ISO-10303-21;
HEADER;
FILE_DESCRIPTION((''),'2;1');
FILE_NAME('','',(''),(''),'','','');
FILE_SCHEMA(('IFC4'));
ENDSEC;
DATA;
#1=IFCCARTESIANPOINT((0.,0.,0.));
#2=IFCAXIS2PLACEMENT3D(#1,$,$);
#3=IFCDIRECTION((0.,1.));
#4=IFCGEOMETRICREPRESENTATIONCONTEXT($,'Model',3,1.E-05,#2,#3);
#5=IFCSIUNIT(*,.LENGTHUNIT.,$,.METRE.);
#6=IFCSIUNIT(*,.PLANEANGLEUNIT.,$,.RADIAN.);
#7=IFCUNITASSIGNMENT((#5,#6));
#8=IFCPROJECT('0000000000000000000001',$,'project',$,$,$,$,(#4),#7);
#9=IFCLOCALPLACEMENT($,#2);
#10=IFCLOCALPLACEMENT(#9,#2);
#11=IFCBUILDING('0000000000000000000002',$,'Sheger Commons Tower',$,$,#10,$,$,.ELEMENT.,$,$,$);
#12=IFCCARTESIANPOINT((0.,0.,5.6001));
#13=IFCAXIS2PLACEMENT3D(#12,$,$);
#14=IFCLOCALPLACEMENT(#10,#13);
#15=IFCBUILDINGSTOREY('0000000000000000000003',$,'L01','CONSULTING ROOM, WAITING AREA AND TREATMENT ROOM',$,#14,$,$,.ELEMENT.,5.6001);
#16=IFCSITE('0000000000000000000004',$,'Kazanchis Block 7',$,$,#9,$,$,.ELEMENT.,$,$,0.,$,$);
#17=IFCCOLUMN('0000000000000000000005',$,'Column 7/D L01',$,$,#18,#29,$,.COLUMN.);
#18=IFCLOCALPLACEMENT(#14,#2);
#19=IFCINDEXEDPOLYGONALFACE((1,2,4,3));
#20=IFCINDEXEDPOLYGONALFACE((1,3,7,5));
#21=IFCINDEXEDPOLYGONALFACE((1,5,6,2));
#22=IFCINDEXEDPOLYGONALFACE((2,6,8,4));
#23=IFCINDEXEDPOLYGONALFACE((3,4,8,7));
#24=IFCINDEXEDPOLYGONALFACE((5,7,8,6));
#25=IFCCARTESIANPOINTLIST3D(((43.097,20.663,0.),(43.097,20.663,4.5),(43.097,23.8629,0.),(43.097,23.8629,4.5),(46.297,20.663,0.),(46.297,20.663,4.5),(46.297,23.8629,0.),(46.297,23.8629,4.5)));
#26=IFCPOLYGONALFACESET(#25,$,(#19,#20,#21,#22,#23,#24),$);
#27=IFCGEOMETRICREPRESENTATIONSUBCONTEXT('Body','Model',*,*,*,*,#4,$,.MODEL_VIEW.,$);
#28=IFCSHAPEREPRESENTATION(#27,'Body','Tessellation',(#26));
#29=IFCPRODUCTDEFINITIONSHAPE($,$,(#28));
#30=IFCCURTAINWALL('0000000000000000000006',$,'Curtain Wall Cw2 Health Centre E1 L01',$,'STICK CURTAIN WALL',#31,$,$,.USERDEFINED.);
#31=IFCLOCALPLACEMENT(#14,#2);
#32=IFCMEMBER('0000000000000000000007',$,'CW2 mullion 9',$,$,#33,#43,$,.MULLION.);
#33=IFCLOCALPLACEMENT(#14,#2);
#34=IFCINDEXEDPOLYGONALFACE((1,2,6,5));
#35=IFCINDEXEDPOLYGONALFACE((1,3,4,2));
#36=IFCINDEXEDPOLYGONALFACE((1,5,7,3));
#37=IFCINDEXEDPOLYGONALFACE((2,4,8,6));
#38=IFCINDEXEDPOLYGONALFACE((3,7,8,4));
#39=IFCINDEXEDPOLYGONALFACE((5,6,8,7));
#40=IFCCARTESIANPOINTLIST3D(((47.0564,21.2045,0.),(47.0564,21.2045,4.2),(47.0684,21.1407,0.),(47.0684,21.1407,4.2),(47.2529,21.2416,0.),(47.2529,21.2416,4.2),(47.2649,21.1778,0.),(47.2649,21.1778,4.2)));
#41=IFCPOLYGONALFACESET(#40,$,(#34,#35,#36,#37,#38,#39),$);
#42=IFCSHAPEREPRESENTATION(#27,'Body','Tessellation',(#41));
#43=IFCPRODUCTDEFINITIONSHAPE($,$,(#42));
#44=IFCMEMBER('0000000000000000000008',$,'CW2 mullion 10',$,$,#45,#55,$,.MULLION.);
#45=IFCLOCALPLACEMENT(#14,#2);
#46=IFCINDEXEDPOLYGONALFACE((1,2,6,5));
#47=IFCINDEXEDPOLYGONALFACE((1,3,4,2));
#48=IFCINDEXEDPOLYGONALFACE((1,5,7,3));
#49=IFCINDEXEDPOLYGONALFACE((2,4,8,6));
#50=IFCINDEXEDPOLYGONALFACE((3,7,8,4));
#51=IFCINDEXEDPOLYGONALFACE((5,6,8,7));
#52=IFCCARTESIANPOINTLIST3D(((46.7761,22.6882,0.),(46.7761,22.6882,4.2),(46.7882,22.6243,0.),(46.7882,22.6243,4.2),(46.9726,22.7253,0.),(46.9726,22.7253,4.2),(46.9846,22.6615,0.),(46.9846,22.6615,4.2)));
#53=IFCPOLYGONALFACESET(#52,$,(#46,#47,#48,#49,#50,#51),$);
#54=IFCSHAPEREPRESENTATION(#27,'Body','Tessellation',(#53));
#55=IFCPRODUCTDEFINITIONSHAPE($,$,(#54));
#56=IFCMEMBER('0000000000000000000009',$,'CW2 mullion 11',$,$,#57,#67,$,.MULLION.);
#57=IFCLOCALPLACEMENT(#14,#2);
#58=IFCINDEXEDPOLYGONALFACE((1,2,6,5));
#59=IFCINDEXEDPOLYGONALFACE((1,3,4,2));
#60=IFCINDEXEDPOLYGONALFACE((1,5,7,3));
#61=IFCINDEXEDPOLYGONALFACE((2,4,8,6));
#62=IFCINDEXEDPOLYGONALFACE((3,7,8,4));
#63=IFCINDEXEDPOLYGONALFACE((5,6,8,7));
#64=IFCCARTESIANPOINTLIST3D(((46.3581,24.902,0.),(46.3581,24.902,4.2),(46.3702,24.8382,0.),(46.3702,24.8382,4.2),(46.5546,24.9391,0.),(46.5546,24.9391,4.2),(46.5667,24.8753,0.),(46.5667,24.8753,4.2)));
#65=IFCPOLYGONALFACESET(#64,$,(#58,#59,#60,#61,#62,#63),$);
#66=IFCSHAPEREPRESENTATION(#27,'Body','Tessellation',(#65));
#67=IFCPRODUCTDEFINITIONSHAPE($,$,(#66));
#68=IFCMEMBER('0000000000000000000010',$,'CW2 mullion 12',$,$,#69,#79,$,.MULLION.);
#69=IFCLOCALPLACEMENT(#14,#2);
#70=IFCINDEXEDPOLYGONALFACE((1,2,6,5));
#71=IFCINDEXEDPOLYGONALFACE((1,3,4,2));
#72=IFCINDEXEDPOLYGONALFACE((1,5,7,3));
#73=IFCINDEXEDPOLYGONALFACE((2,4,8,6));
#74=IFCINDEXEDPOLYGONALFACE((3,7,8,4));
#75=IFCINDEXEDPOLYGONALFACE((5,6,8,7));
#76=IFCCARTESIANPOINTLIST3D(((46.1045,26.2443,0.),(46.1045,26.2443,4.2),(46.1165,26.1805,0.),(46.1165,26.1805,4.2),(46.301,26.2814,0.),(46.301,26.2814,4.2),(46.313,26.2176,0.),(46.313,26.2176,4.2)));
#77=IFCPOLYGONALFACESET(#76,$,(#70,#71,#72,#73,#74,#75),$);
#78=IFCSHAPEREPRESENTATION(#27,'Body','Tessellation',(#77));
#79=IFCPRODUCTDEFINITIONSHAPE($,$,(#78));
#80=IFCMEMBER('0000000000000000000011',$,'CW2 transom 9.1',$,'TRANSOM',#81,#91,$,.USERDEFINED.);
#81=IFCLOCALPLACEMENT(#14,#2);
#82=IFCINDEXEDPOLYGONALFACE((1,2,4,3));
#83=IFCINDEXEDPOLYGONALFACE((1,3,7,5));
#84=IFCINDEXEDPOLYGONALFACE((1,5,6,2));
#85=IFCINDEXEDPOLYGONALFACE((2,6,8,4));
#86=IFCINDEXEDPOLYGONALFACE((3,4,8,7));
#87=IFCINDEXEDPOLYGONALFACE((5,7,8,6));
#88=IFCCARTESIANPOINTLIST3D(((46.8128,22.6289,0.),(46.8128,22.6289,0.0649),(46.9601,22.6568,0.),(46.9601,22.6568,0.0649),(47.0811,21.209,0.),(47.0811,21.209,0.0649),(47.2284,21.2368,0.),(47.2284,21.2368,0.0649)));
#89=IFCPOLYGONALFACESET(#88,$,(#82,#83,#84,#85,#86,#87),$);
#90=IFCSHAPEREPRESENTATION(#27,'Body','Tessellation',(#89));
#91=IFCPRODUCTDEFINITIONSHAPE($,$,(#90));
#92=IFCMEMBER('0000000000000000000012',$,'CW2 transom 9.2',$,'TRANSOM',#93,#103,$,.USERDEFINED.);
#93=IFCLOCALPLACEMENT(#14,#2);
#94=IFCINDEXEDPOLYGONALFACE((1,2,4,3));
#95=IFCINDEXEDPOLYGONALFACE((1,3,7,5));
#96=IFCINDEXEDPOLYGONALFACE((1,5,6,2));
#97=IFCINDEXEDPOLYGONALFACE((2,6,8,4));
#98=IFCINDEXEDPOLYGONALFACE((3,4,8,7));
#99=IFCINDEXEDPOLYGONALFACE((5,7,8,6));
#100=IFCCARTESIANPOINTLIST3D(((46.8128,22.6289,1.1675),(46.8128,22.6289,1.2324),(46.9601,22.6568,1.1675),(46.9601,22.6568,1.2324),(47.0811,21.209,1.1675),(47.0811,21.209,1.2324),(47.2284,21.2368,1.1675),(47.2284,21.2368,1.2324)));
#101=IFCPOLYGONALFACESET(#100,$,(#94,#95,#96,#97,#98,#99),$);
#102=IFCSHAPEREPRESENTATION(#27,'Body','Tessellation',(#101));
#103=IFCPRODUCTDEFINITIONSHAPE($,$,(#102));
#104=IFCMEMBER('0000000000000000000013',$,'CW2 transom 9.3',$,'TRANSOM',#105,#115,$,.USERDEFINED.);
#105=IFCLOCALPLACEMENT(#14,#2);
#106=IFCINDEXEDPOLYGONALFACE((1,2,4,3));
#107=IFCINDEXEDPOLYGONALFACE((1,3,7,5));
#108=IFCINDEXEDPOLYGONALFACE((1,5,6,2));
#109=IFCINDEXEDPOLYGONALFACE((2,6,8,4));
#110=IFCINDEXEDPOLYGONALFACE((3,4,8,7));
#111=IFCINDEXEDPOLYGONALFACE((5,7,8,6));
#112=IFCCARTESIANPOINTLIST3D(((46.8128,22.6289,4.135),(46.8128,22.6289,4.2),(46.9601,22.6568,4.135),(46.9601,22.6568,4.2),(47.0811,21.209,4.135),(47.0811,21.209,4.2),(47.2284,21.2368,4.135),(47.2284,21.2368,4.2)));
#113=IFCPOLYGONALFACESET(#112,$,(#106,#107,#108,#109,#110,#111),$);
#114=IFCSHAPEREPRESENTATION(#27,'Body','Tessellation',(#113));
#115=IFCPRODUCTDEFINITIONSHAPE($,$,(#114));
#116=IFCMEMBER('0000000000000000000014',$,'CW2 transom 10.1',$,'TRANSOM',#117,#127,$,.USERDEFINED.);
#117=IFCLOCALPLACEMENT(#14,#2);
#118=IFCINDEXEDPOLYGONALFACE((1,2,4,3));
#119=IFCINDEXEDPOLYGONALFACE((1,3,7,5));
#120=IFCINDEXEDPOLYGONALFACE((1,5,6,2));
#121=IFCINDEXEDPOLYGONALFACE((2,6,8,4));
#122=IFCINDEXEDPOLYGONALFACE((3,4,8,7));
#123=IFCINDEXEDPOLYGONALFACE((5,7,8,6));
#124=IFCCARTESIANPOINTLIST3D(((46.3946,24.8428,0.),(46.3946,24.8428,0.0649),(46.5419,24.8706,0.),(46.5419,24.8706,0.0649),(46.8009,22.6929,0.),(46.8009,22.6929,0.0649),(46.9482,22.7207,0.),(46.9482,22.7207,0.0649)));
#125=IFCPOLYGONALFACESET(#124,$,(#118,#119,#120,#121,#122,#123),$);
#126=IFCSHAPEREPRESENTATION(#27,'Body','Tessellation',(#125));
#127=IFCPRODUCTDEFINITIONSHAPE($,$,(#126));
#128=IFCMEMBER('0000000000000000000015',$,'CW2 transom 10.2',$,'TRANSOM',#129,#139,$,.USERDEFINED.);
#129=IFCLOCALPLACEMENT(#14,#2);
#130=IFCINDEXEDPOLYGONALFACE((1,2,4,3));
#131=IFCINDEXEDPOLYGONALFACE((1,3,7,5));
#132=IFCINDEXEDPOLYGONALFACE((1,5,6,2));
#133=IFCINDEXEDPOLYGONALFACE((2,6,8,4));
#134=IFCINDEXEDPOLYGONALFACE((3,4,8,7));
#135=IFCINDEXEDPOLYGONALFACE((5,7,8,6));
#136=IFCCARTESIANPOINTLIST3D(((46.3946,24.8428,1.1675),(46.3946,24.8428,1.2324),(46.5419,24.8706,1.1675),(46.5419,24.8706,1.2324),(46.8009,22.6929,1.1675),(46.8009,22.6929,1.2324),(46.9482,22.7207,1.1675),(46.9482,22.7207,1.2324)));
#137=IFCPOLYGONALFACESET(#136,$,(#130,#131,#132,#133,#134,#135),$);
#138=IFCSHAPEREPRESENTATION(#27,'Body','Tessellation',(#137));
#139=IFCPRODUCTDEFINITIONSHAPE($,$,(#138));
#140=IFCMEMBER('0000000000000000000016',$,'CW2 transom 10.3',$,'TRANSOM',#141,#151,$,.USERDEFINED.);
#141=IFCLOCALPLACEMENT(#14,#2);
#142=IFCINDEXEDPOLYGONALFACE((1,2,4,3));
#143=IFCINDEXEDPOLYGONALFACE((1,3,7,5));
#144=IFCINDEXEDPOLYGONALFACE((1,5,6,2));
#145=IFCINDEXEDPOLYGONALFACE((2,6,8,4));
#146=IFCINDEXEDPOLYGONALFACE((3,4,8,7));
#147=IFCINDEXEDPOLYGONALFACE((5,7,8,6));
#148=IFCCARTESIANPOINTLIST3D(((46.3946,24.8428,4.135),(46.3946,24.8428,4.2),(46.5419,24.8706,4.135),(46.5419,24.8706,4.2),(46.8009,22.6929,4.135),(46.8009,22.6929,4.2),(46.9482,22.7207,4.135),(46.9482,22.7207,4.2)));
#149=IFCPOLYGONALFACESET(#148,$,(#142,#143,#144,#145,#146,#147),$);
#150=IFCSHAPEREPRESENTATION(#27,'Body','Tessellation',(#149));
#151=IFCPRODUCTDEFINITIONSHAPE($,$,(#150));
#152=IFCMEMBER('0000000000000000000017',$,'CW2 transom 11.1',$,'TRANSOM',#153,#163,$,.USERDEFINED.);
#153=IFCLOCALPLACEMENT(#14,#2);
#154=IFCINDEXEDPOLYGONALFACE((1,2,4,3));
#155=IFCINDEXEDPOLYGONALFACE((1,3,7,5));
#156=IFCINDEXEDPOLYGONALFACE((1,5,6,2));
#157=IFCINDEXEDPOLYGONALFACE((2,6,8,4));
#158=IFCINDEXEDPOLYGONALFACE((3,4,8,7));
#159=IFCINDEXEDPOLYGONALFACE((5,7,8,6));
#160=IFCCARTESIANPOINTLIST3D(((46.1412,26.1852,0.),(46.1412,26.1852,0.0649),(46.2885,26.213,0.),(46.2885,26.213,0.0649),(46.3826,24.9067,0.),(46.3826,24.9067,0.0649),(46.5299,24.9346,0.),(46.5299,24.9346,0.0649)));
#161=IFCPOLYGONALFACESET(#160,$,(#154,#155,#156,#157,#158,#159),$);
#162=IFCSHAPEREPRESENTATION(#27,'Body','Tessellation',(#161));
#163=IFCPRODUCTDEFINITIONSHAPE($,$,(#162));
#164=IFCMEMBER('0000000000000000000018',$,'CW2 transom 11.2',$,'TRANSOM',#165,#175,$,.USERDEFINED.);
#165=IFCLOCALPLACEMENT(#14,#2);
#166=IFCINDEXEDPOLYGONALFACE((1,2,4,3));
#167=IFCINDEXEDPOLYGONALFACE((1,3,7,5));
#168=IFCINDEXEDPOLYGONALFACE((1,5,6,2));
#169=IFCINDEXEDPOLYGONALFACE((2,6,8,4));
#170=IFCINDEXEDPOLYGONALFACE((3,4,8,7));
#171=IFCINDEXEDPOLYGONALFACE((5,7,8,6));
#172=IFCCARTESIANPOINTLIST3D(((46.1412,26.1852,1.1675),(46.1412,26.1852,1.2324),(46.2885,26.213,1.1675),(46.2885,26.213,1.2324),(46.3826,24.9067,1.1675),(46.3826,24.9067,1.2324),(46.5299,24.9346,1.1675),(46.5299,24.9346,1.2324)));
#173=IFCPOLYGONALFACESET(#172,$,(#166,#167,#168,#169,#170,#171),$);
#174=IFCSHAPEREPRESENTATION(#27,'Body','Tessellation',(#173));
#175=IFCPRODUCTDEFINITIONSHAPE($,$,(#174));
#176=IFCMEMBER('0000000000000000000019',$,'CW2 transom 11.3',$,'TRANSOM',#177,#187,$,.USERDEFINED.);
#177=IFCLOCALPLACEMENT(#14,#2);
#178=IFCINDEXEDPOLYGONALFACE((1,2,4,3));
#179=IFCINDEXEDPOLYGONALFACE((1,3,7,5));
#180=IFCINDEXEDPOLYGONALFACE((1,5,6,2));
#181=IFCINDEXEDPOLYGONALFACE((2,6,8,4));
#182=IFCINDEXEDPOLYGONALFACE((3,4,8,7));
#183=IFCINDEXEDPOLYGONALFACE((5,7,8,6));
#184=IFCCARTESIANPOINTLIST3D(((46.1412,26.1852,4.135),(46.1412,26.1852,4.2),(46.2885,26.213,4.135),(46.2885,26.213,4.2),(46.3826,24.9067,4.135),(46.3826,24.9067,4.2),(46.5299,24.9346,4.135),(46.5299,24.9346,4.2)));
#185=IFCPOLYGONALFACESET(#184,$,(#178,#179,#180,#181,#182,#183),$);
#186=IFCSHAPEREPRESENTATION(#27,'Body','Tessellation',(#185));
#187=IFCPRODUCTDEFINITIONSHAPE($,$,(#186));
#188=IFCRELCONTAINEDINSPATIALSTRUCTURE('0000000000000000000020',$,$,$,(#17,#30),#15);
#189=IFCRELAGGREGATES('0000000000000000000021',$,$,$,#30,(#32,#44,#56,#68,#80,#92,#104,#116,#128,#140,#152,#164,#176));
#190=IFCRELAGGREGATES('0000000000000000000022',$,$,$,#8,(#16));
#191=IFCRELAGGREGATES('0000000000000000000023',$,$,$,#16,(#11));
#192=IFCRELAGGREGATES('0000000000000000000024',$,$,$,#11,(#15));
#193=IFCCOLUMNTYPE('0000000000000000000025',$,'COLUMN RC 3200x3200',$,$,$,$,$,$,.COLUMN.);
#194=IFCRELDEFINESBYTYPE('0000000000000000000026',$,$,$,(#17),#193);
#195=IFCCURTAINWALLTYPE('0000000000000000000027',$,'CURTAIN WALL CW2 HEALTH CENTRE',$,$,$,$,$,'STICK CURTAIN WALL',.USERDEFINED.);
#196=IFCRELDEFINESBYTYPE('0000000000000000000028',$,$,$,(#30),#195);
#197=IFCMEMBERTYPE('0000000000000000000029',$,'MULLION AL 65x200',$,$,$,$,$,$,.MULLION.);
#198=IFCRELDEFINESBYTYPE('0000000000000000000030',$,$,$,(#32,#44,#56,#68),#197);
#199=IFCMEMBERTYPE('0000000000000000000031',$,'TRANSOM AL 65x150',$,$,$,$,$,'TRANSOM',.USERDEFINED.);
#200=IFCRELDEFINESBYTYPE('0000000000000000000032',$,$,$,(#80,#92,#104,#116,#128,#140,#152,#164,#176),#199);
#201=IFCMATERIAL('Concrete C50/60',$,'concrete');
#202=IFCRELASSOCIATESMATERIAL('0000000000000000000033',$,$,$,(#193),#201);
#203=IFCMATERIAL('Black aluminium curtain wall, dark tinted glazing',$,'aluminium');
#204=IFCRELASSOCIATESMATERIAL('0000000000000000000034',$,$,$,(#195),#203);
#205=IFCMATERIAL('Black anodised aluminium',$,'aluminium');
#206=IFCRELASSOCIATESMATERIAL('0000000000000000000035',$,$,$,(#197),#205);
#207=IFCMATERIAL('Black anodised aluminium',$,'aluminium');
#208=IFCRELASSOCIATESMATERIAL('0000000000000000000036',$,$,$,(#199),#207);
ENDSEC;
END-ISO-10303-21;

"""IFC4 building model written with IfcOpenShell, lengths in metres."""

from ifc_helpers import new_model, si_unit, direction, frame, origin, origin_2d, place, context, subcontext, project, spatial, rectangle, extrude, material, material_profile, profile_set, type_object, element, aggregate, save


model = new_model("IFC4")

# Units and contexts
model_context = context("Model", 3, precision=1e-05, world=origin(), true_north=direction((0.0, 1.0)))
body_context = subcontext(model_context, "Body", "Model", "MODEL_VIEW")
ifc_project = project(units=[si_unit("LENGTHUNIT", "METRE"), si_unit("PLANEANGLEUNIT", "RADIAN")], contexts=[model_context])

# Site, building, storey
site_placement = place(None, origin())
site = spatial("IfcSite", under=ifc_project, at=site_placement, Name="Kazanchis Block 7", CompositionType="ELEMENT", RefElevation=0.0)
building_placement = place(site_placement, origin())
building = spatial("IfcBuilding", under=site, at=building_placement, Name="Sheger Commons Tower", CompositionType="ELEMENT")
storey_placement = place(building_placement, frame((0.0, 0.0, 5.6001)))
storey = spatial("IfcBuildingStorey", under=building, at=storey_placement, Name="L01", Description="CONSULTING ROOM, WAITING AREA AND TREATMENT ROOM", CompositionType="ELEMENT", Elevation=5.6001)

# Column
ifc_material_1 = material(Name="Concrete C50/60", Category="concrete")
ifc_material_profile_1 = material_profile(ifc_material_1, rectangle(XDim=3.2, YDim=3.2, at=origin_2d()), Name="RC 3200x3200")
ifc_profile_set_1 = profile_set([ifc_material_profile_1], Name="Concrete C50/60")
column_type = type_object("IfcColumnType", Name="COLUMN RC 3200x3200", PredefinedType="COLUMN", material=ifc_profile_set_1)
column_placement = place(storey_placement, frame((44.697, 22.2629, 0.0), z_axis=(0.0, 0.0, 1.0), x_axis=(1.0, 0.0, 0.0)))
element("IfcColumn", 1, at=column_placement, inside=storey, type_object=column_type, Name="Column 7/D L01", PredefinedType="COLUMN", context=body_context, shape_type="SweptSolid", body=[
    extrude(rectangle(XDim=3.2, YDim=3.2, at=origin_2d()), origin(), (0.0, 0.0, 1.0), 4.5),
])

# Curtain wall, members
ifc_material_2 = material(Name="Black aluminium curtain wall, dark tinted glazing", Category="aluminium")
curtain_wall_type = type_object("IfcCurtainWallType", Name="CURTAIN WALL CW2 HEALTH CENTRE", ElementType="STICK CURTAIN WALL", PredefinedType="USERDEFINED", material=ifc_material_2)
curtain_wall_placement = place(storey_placement, origin())
curtain_wall = element("IfcCurtainWall", 2, at=curtain_wall_placement, inside=storey, type_object=curtain_wall_type, Name="Curtain Wall Cw2 Health Centre E1 L01", ObjectType="STICK CURTAIN WALL", PredefinedType="USERDEFINED")
ifc_material_3 = material(Name="Black anodised aluminium", Category="aluminium")
ifc_material_profile_2 = material_profile(ifc_material_3, rectangle(XDim=0.2, YDim=0.0649, at=origin_2d()), Name="AL 65x200")
ifc_profile_set_2 = profile_set([ifc_material_profile_2], Name="Black anodised aluminium")
member_type_1 = type_object("IfcMemberType", Name="MULLION AL 65x200", PredefinedType="MULLION", material=ifc_profile_set_2)
member_1_placement = place(storey_placement, frame((47.1606, 21.1912, 0.0), z_axis=(0.0, 0.0, 1.0), x_axis=(-0.982624, -0.18561, 0.0)))
member_1 = element("IfcMember", 3, at=member_1_placement, type_object=member_type_1, Name="CW2 mullion 9", PredefinedType="MULLION", context=body_context, shape_type="SweptSolid", body=[
    extrude(rectangle(XDim=0.2, YDim=0.0649, at=origin_2d()), origin(), (0.0, 0.0, 1.0), 4.2),
])
member_2_placement = place(storey_placement, frame((46.8804, 22.6748, 0.0), z_axis=(0.0, 0.0, 1.0), x_axis=(-0.982624, -0.18561, 0.0)))
member_2 = element("IfcMember", 4, at=member_2_placement, type_object=member_type_1, Name="CW2 mullion 10", PredefinedType="MULLION", context=body_context, shape_type="SweptSolid", body=[
    extrude(rectangle(XDim=0.2, YDim=0.0649, at=origin_2d()), origin(), (0.0, 0.0, 1.0), 4.2),
])
member_3_placement = place(storey_placement, frame((46.4624, 24.8887, 0.0), z_axis=(0.0, 0.0, 1.0), x_axis=(-0.982624, -0.18561, 0.0)))
member_3 = element("IfcMember", 5, at=member_3_placement, type_object=member_type_1, Name="CW2 mullion 11", PredefinedType="MULLION", context=body_context, shape_type="SweptSolid", body=[
    extrude(rectangle(XDim=0.2, YDim=0.0649, at=origin_2d()), origin(), (0.0, 0.0, 1.0), 4.2),
])
member_4_placement = place(storey_placement, frame((46.2087, 26.231, 0.0), z_axis=(0.0, 0.0, 1.0), x_axis=(-0.982624, -0.18561, 0.0)))
member_4 = element("IfcMember", 6, at=member_4_placement, type_object=member_type_1, Name="CW2 mullion 12", PredefinedType="MULLION", context=body_context, shape_type="SweptSolid", body=[
    extrude(rectangle(XDim=0.2, YDim=0.0649, at=origin_2d()), origin(), (0.0, 0.0, 1.0), 4.2),
])
ifc_material_4 = material(Name="Black anodised aluminium", Category="aluminium")
ifc_material_profile_3 = material_profile(ifc_material_4, rectangle(XDim=0.1499, YDim=0.0649, at=origin_2d()), Name="AL 65x150")
ifc_profile_set_3 = profile_set([ifc_material_profile_3], Name="Black anodised aluminium")
member_type_2 = type_object("IfcMemberType", Name="TRANSOM AL 65x150", ElementType="TRANSOM", PredefinedType="USERDEFINED", material=ifc_profile_set_3)
member_5_placement = place(storey_placement, frame((47.1548, 21.2229, 0.0325), z_axis=(-0.185676, 0.982611, 0.0), x_axis=(-0.982611, -0.185676, 0.0)))
member_5 = element("IfcMember", 7, at=member_5_placement, type_object=member_type_2, Name="CW2 transom 9.1", ObjectType="TRANSOM", PredefinedType="USERDEFINED", context=body_context, shape_type="SweptSolid", body=[
    extrude(rectangle(XDim=0.1499, YDim=0.0649, at=origin_2d()), origin(), (0.0, 0.0, 1.0), 1.4451),
])
member_6_placement = place(storey_placement, frame((47.1548, 21.2229, 1.2), z_axis=(-0.185676, 0.982611, 0.0), x_axis=(-0.982611, -0.185676, 0.0)))
member_6 = element("IfcMember", 8, at=member_6_placement, type_object=member_type_2, Name="CW2 transom 9.2", ObjectType="TRANSOM", PredefinedType="USERDEFINED", context=body_context, shape_type="SweptSolid", body=[
    extrude(rectangle(XDim=0.1499, YDim=0.0649, at=origin_2d()), origin(), (0.0, 0.0, 1.0), 1.4451),
])
member_7_placement = place(storey_placement, frame((47.1548, 21.2229, 4.1675), z_axis=(-0.185676, 0.982611, 0.0), x_axis=(-0.982611, -0.185676, 0.0)))
member_7 = element("IfcMember", 9, at=member_7_placement, type_object=member_type_2, Name="CW2 transom 9.3", ObjectType="TRANSOM", PredefinedType="USERDEFINED", context=body_context, shape_type="SweptSolid", body=[
    extrude(rectangle(XDim=0.1499, YDim=0.0649, at=origin_2d()), origin(), (0.0, 0.0, 1.0), 1.4451),
])
member_8_placement = place(storey_placement, frame((46.8745, 22.7068, 0.0325), z_axis=(-0.185676, 0.982611, 0.0), x_axis=(-0.982611, -0.185676, 0.0)))
member_8 = element("IfcMember", 10, at=member_8_placement, type_object=member_type_2, Name="CW2 transom 10.1", ObjectType="TRANSOM", PredefinedType="USERDEFINED", context=body_context, shape_type="SweptSolid", body=[
    extrude(rectangle(XDim=0.1499, YDim=0.0649, at=origin_2d()), origin(), (0.0, 0.0, 1.0), 2.188),
])
member_9_placement = place(storey_placement, frame((46.8745, 22.7068, 1.2), z_axis=(-0.185676, 0.982611, 0.0), x_axis=(-0.982611, -0.185676, 0.0)))
member_9 = element("IfcMember", 11, at=member_9_placement, type_object=member_type_2, Name="CW2 transom 10.2", ObjectType="TRANSOM", PredefinedType="USERDEFINED", context=body_context, shape_type="SweptSolid", body=[
    extrude(rectangle(XDim=0.1499, YDim=0.0649, at=origin_2d()), origin(), (0.0, 0.0, 1.0), 2.188),
])
member_10_placement = place(storey_placement, frame((46.8745, 22.7068, 4.1675), z_axis=(-0.185676, 0.982611, 0.0), x_axis=(-0.982611, -0.185676, 0.0)))
member_10 = element("IfcMember", 12, at=member_10_placement, type_object=member_type_2, Name="CW2 transom 10.3", ObjectType="TRANSOM", PredefinedType="USERDEFINED", context=body_context, shape_type="SweptSolid", body=[
    extrude(rectangle(XDim=0.1499, YDim=0.0649, at=origin_2d()), origin(), (0.0, 0.0, 1.0), 2.188),
])
member_11_placement = place(storey_placement, frame((46.4563, 24.9207, 0.0325), z_axis=(-0.185603, 0.982625, 0.0), x_axis=(-0.982625, -0.185603, 0.0)))
member_11 = element("IfcMember", 13, at=member_11_placement, type_object=member_type_2, Name="CW2 transom 11.1", ObjectType="TRANSOM", PredefinedType="USERDEFINED", context=body_context, shape_type="SweptSolid", body=[
    extrude(rectangle(XDim=0.1499, YDim=0.0649, at=origin_2d()), origin(), (0.0, 0.0, 1.0), 1.301),
])
member_12_placement = place(storey_placement, frame((46.4563, 24.9207, 1.2), z_axis=(-0.185603, 0.982625, 0.0), x_axis=(-0.982625, -0.185603, 0.0)))
member_12 = element("IfcMember", 14, at=member_12_placement, type_object=member_type_2, Name="CW2 transom 11.2", ObjectType="TRANSOM", PredefinedType="USERDEFINED", context=body_context, shape_type="SweptSolid", body=[
    extrude(rectangle(XDim=0.1499, YDim=0.0649, at=origin_2d()), origin(), (0.0, 0.0, 1.0), 1.301),
])
member_13_placement = place(storey_placement, frame((46.4563, 24.9207, 4.1675), z_axis=(-0.185603, 0.982625, 0.0), x_axis=(-0.982625, -0.185603, 0.0)))
member_13 = element("IfcMember", 15, at=member_13_placement, type_object=member_type_2, Name="CW2 transom 11.3", ObjectType="TRANSOM", PredefinedType="USERDEFINED", context=body_context, shape_type="SweptSolid", body=[
    extrude(rectangle(XDim=0.1499, YDim=0.0649, at=origin_2d()), origin(), (0.0, 0.0, 1.0), 1.301),
])
aggregate(curtain_wall, [member_1, member_2, member_3, member_4, member_5, member_6, member_7, member_8, member_9, member_10, member_11, member_12, member_13])

save(model, "model.ifc")
